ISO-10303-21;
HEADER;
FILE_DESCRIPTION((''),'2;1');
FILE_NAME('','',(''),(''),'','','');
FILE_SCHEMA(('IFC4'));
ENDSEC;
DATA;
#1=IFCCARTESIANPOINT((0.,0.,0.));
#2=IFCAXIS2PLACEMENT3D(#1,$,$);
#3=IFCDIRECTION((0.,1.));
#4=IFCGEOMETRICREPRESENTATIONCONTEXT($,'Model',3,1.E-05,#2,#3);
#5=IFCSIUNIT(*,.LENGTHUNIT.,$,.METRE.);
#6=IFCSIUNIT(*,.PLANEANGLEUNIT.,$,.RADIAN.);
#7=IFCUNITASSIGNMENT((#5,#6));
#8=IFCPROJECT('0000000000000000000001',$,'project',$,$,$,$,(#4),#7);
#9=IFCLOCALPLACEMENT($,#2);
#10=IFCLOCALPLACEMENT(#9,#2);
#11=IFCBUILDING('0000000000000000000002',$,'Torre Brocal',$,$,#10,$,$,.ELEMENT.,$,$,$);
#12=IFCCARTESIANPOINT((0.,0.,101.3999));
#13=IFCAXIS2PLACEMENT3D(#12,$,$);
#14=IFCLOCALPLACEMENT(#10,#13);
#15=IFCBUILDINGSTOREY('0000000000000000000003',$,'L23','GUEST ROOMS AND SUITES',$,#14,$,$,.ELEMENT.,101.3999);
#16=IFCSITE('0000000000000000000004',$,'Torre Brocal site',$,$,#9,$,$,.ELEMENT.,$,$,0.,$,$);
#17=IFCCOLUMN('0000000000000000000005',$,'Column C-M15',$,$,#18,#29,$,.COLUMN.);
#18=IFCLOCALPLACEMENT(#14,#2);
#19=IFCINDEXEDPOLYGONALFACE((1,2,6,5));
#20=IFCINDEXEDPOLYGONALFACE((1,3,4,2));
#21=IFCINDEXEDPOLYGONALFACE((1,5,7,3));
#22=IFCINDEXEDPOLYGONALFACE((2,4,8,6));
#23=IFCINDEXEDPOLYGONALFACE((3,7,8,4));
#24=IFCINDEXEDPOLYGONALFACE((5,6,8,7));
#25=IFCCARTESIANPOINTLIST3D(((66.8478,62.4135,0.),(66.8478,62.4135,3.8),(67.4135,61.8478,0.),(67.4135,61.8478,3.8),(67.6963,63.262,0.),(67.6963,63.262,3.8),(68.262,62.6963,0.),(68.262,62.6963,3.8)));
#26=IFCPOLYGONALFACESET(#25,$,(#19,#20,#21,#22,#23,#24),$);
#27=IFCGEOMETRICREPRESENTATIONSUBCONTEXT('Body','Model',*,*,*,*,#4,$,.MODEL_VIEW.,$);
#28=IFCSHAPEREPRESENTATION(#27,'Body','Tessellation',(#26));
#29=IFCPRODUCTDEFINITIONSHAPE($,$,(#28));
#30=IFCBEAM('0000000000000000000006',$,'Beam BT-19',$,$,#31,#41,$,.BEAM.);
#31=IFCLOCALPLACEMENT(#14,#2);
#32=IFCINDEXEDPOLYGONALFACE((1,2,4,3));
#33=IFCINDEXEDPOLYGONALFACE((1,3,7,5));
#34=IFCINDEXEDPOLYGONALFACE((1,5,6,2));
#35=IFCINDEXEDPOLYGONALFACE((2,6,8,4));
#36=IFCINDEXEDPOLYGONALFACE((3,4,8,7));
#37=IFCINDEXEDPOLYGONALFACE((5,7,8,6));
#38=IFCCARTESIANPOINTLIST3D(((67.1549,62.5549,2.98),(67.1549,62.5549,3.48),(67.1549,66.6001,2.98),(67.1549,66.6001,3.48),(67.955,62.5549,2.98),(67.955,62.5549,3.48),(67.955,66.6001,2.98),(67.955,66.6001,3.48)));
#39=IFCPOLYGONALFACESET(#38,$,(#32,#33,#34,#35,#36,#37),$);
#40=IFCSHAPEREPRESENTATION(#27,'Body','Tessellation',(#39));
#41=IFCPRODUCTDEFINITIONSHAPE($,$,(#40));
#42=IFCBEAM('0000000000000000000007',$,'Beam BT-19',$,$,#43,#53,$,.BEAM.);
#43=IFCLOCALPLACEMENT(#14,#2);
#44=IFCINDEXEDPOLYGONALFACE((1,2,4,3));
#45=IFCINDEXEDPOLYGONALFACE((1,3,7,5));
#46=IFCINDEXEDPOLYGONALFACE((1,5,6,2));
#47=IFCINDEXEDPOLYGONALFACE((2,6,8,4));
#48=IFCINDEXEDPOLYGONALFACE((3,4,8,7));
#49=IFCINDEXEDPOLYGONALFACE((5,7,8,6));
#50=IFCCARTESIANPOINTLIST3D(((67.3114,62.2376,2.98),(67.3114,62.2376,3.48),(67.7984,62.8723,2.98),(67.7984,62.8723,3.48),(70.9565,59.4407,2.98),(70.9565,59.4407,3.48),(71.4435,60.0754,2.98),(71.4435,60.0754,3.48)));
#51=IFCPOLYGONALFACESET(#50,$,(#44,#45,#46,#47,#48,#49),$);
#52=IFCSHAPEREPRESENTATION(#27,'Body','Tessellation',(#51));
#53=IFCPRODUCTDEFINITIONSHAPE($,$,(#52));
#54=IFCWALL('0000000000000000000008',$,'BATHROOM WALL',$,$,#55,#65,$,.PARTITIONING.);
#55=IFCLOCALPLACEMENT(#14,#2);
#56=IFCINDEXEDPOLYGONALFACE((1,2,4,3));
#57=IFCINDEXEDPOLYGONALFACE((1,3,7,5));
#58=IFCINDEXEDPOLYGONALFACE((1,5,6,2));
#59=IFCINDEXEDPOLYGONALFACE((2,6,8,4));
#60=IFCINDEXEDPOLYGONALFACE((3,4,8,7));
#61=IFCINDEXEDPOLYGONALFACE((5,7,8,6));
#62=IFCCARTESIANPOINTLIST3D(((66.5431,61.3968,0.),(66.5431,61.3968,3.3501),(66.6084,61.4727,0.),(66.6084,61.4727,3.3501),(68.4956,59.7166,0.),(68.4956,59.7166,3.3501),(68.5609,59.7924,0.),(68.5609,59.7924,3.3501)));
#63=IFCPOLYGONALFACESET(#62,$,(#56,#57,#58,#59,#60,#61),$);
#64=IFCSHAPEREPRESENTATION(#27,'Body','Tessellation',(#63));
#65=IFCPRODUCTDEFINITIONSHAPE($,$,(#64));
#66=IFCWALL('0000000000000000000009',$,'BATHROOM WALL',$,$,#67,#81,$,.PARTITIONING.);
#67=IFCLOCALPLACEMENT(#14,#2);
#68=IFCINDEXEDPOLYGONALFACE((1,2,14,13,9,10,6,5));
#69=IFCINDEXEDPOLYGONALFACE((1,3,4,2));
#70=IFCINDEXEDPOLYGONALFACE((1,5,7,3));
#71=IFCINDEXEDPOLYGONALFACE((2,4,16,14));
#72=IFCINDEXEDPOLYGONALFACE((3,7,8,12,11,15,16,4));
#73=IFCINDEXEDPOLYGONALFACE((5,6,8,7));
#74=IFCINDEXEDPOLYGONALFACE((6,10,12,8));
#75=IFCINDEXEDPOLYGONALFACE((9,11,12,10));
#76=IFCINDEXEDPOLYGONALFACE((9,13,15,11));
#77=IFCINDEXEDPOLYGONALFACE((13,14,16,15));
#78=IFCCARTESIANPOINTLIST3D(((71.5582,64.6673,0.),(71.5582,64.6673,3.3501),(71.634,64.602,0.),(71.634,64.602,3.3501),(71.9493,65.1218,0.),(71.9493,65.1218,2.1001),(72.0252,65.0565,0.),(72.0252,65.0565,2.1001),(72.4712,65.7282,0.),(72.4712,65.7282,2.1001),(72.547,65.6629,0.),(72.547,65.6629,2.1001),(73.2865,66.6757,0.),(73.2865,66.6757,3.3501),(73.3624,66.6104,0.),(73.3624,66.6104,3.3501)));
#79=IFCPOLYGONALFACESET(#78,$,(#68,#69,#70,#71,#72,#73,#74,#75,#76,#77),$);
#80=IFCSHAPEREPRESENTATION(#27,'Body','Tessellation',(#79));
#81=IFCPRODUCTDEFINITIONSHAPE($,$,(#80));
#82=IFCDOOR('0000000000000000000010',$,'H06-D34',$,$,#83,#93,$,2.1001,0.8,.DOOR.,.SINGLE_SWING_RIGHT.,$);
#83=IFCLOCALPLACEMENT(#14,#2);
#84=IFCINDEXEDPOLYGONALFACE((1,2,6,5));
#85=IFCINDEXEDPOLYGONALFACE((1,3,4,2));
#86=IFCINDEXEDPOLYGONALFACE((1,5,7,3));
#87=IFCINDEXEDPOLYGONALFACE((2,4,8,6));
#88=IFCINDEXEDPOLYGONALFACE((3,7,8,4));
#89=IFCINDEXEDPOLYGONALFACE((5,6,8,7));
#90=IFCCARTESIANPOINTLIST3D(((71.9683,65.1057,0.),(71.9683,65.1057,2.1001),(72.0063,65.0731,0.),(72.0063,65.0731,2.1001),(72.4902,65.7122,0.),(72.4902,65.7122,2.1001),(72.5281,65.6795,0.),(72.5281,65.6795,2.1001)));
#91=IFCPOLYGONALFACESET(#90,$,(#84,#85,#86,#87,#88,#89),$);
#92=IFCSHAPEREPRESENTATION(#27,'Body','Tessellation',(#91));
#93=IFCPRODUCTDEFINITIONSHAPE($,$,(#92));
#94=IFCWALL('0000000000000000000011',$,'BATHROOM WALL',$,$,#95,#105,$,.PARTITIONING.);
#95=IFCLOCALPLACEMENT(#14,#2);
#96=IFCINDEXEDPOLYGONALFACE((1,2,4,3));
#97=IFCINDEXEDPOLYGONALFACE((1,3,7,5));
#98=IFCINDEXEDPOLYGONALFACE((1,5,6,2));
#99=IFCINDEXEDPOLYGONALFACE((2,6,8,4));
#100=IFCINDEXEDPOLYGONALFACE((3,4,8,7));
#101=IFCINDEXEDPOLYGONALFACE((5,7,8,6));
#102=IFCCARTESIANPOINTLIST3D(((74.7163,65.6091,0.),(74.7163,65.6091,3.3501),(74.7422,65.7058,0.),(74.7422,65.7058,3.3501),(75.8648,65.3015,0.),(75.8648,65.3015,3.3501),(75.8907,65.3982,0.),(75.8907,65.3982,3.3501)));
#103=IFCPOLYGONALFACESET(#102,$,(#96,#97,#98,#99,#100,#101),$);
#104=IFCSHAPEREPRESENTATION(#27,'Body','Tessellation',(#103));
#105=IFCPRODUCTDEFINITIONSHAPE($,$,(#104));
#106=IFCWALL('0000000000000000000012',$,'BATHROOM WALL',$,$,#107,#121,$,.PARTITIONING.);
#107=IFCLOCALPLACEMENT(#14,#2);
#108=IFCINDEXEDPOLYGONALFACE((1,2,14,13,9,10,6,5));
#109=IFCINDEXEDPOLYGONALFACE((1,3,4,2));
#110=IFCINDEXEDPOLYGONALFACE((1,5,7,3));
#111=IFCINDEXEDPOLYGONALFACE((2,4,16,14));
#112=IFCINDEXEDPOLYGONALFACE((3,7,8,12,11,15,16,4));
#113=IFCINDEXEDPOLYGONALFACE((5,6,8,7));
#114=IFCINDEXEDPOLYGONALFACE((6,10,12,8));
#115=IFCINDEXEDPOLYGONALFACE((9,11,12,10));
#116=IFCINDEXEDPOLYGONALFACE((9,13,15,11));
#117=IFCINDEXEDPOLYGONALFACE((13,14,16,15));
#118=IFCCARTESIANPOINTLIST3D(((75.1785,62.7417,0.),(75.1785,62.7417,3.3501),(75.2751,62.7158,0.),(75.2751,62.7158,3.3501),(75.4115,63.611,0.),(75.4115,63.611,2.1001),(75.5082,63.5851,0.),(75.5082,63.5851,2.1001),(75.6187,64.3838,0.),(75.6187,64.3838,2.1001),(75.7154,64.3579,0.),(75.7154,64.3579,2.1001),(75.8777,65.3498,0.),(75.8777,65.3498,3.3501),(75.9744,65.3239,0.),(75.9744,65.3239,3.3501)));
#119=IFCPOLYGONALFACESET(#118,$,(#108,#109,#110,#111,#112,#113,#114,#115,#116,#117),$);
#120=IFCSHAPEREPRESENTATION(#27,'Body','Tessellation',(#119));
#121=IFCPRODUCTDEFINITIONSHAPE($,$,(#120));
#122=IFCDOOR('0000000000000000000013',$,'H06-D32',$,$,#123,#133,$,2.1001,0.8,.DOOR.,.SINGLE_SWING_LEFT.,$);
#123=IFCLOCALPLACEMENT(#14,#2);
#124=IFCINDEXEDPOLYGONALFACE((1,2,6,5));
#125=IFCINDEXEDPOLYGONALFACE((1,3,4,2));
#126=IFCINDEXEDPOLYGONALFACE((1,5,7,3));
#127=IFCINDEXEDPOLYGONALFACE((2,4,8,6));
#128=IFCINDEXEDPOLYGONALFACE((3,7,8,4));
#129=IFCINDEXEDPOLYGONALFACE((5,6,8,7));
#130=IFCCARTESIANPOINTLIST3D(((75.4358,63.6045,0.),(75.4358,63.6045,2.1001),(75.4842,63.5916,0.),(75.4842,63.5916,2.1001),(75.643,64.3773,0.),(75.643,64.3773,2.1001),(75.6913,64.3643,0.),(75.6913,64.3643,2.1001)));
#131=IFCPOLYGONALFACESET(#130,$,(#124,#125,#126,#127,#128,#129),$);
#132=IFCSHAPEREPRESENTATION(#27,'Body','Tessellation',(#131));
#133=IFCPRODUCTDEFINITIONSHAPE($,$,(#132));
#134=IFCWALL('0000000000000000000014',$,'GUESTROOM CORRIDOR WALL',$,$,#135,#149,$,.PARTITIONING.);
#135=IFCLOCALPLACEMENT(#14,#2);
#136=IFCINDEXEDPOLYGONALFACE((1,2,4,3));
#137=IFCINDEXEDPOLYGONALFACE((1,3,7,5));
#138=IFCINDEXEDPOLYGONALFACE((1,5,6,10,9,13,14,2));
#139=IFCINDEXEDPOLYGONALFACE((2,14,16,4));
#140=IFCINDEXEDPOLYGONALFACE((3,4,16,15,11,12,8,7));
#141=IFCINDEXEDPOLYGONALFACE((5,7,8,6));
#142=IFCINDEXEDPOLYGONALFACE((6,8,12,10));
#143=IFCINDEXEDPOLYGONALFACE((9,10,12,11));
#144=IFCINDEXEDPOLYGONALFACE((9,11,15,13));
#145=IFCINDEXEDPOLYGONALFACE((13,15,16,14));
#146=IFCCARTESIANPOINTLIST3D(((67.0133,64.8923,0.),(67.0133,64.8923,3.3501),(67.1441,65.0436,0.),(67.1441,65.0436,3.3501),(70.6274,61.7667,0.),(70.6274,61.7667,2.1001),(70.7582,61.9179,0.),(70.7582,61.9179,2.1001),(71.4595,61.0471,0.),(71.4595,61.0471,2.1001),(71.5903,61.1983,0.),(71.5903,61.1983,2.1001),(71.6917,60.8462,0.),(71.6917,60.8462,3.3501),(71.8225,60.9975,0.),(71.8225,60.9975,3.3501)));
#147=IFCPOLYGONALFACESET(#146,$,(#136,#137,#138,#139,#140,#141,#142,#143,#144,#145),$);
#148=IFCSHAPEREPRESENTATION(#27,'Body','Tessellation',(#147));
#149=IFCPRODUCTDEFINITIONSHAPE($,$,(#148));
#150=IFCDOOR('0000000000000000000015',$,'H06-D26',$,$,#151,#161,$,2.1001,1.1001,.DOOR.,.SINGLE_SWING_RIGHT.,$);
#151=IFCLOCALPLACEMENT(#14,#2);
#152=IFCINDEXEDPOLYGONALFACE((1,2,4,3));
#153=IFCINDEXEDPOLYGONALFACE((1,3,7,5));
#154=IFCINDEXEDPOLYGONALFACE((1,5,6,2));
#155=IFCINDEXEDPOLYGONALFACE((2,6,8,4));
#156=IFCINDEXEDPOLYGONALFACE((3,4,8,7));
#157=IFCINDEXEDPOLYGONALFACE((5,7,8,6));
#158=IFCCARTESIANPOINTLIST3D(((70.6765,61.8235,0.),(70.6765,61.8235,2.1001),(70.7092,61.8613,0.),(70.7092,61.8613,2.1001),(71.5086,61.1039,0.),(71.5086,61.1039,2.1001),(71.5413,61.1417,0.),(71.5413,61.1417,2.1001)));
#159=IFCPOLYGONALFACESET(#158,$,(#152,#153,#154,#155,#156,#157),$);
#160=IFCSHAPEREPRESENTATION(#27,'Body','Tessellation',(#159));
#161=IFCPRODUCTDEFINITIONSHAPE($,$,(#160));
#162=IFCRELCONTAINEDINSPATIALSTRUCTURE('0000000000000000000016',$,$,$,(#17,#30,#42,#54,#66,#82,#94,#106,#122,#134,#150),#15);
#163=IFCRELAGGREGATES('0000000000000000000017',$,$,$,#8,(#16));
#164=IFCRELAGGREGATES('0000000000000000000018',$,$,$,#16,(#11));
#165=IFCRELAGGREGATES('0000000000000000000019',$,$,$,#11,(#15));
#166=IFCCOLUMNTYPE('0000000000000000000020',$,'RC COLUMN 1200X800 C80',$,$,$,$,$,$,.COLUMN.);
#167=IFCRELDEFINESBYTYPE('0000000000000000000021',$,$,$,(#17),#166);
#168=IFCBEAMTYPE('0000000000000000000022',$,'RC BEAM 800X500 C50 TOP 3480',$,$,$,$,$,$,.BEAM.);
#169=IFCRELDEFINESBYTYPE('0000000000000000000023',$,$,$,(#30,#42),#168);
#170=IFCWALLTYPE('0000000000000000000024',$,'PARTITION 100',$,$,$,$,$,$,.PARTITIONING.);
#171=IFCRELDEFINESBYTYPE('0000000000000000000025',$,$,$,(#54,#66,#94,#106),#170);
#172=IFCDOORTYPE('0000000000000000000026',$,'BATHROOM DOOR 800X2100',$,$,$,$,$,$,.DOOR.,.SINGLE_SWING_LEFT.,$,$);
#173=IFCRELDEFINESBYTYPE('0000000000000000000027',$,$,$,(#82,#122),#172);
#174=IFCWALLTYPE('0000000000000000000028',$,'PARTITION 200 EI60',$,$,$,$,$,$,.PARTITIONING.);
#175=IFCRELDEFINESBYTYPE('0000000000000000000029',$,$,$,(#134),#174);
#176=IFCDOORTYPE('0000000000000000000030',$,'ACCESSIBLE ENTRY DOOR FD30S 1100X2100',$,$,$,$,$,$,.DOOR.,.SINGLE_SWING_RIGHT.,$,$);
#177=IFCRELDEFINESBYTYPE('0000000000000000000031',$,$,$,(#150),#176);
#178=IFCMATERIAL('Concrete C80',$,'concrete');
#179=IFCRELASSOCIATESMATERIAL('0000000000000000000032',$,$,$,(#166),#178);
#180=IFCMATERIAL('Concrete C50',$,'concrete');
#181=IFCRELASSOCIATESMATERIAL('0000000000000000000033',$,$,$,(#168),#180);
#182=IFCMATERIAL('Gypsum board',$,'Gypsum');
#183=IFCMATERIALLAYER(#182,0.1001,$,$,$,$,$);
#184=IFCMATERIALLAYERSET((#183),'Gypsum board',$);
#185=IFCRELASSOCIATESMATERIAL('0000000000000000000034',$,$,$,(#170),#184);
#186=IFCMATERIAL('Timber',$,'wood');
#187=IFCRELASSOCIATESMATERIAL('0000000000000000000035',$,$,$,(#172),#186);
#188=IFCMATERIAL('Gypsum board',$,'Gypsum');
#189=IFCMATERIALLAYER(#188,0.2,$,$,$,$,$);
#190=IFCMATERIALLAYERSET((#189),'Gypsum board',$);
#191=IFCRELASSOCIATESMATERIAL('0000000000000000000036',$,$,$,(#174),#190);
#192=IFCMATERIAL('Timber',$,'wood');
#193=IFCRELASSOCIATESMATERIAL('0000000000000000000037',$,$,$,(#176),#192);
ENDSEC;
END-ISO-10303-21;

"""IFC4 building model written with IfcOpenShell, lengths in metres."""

from ifc_helpers import new_model, si_unit, direction, frame, frame_2d, origin, origin_2d, place, context, subcontext, project, spatial, rectangle, extrude, material, layer, layer_set, material_profile, profile_set, type_object, element, fill, save


model = new_model("IFC4")

# Units and contexts
model_context = context("Model", 3, precision=1e-05, world=origin(), true_north=direction((0.0, 1.0)))
body_context = subcontext(model_context, "Body", "Model", "MODEL_VIEW")
ifc_project = project(units=[si_unit("LENGTHUNIT", "METRE"), si_unit("PLANEANGLEUNIT", "RADIAN")], contexts=[model_context])

# Site, building, storey
site_placement = place(None, origin())
site = spatial("IfcSite", under=ifc_project, at=site_placement, Name="Torre Brocal site", CompositionType="ELEMENT", RefElevation=0.0)
building_placement = place(site_placement, origin())
building = spatial("IfcBuilding", under=site, at=building_placement, Name="Torre Brocal", CompositionType="ELEMENT")
storey_placement = place(building_placement, frame((0.0, 0.0, 101.3999)))
storey = spatial("IfcBuildingStorey", under=building, at=storey_placement, Name="L23", Description="GUEST ROOMS AND SUITES", CompositionType="ELEMENT", Elevation=101.3999)

# Column
ifc_material_1 = material(Name="Concrete C80", Category="concrete")
ifc_material_profile_1 = material_profile(ifc_material_1, rectangle(XDim=1.2, YDim=0.8, at=origin_2d()), Name="RC 1200X800")
ifc_profile_set_1 = profile_set([ifc_material_profile_1], Name="Concrete C80")
column_type = type_object("IfcColumnType", Name="RC COLUMN 1200X800 C80", PredefinedType="COLUMN", material=ifc_profile_set_1)
column_placement = place(storey_placement, frame((67.5549, 62.5549, 0.0), z_axis=(0.0, 0.0, 1.0), x_axis=(-0.707107, -0.707107, 0.0)))
element("IfcColumn", 1, at=column_placement, inside=storey, type_object=column_type, Name="Column C-M15", PredefinedType="COLUMN", context=body_context, shape_type="SweptSolid", body=[
    extrude(rectangle(XDim=1.2, YDim=0.8, at=origin_2d()), origin(), (0.0, 0.0, 1.0), 3.8),
])

# Beams
ifc_material_2 = material(Name="Concrete C50", Category="concrete")
ifc_material_profile_2 = material_profile(ifc_material_2, rectangle(XDim=0.8, YDim=0.5, at=origin_2d()), Name="RC 800X500")
ifc_profile_set_2 = profile_set([ifc_material_profile_2], Name="Concrete C50")
beam_type = type_object("IfcBeamType", Name="RC BEAM 800X500 C50 TOP 3480", PredefinedType="BEAM", material=ifc_profile_set_2)
beam_1_placement = place(storey_placement, frame((67.5549, 62.5549, 3.23), z_axis=(0.0, 1.0, 0.0), x_axis=(-1.0, 0.0, 0.0)))
element("IfcBeam", 2, at=beam_1_placement, inside=storey, type_object=beam_type, Name="Beam BT-19", PredefinedType="BEAM", context=body_context, shape_type="SweptSolid", body=[
    extrude(rectangle(XDim=0.8, YDim=0.5, at=origin_2d()), origin(), (0.0, 0.0, 1.0), 4.0452),
])
beam_2_placement = place(storey_placement, frame((67.5549, 62.5549, 3.23), z_axis=(0.793358, -0.608755, 0.0), x_axis=(0.608755, 0.793358, 0.0)))
element("IfcBeam", 3, at=beam_2_placement, inside=storey, type_object=beam_type, Name="Beam BT-19", PredefinedType="BEAM", context=body_context, shape_type="SweptSolid", body=[
    extrude(rectangle(XDim=0.8, YDim=0.5, at=origin_2d()), origin(), (0.0, 0.0, 1.0), 4.5945),
])

# Wall
ifc_material_3 = material(Name="Gypsum board", Category="Gypsum")
ifc_layer_1 = layer(ifc_material_3, 0.1001)
ifc_layer_set_1 = layer_set([ifc_layer_1], Name="Gypsum board")
wall_type_1 = type_object("IfcWallType", Name="PARTITION 100", PredefinedType="PARTITIONING", material=ifc_layer_set_1)
wall_1_placement = place(storey_placement, frame((66.5757, 61.4348, 0.0), z_axis=(0.0, 0.0, 1.0), x_axis=(0.757971, -0.652289, 0.0)))
element("IfcWall", 4, at=wall_1_placement, inside=storey, type_object=wall_type_1, Name="BATHROOM WALL", PredefinedType="PARTITIONING", context=body_context, shape_type="SweptSolid", body=[
    extrude(rectangle(XDim=2.5759, YDim=0.1001, at=frame_2d((1.2881, 0.0))), origin(), (0.0, 0.0, 1.0), 3.3501),
])

# Wall, opening, door
wall_2_placement = place(storey_placement, frame((71.5962, 64.6348, 0.0), z_axis=(0.0, 0.0, 1.0), x_axis=(0.652285, 0.757974, 0.0)))
wall_2 = element("IfcWall", 5, at=wall_2_placement, inside=storey, type_object=wall_type_1, Name="BATHROOM WALL", PredefinedType="PARTITIONING", context=body_context, shape_type="SweptSolid", body=[
    extrude(rectangle(XDim=2.6497, YDim=0.1001, at=frame_2d((1.3247, 0.0))), origin(), (0.0, 0.0, 1.0), 3.3501),
])
opening_1_placement = place(wall_2_placement, frame((0.5996, 0.0, 0.0)))
opening_1 = element("IfcOpeningElement", 6, at=opening_1_placement, cuts=wall_2, PredefinedType="OPENING", context=body_context, shape_type="SweptSolid", body=[
    extrude(rectangle(XDim=0.8, YDim=2.1001, at=frame_2d((0.3999, 1.05))), frame((0.0, 0.0601, 0.0), z_axis=(0.0, -1.0, 0.0), x_axis=(1.0, 0.0, 0.0)), (0.0, 0.0, 1.0), 0.1201),
])
ifc_material_4 = material(Name="Timber", Category="wood")
door_type_1 = type_object("IfcDoorType", Name="BATHROOM DOOR 800X2100", OperationType="SINGLE_SWING_LEFT", PredefinedType="DOOR", material=ifc_material_4)
door_1_placement = place(opening_1_placement, frame((0.8, 0.0, 0.0), z_axis=(0.0, 0.0, 1.0), x_axis=(-1.0, 0.0, 0.0)))
door_1 = element("IfcDoor", 7, at=door_1_placement, inside=storey, type_object=door_type_1, Name="H06-D34", OperationType="SINGLE_SWING_RIGHT", OverallHeight=2.1001, OverallWidth=0.8, PredefinedType="DOOR", context=body_context, shape_type="SweptSolid", body=[
    extrude(rectangle(XDim=0.8, YDim=2.1001, at=frame_2d((0.3999, 1.05))), frame((0.0, 0.0249, 0.0), z_axis=(0.0, -1.0, 0.0), x_axis=(1.0, 0.0, 0.0)), (0.0, 0.0, 1.0), 0.05),
])
fill(opening_1, door_1)

# Wall
wall_3_placement = place(storey_placement, frame((74.7292, 65.6575, 0.0), z_axis=(0.0, 0.0, 1.0), x_axis=(0.965948, -0.258736, 0.0)))
element("IfcWall", 8, at=wall_3_placement, inside=storey, type_object=wall_type_1, Name="BATHROOM WALL", PredefinedType="PARTITIONING", context=body_context, shape_type="SweptSolid", body=[
    extrude(rectangle(XDim=1.189, YDim=0.1001, at=frame_2d((0.5945, 0.0))), origin(), (0.0, 0.0, 1.0), 3.3501),
])

# Walls, openings, doors
wall_4_placement = place(storey_placement, frame((75.2268, 62.7288, 0.0), z_axis=(0.0, 0.0, 1.0), x_axis=(0.258945, 0.965892, 0.0)))
wall_4 = element("IfcWall", 9, at=wall_4_placement, inside=storey, type_object=wall_type_1, Name="BATHROOM WALL", PredefinedType="PARTITIONING", context=body_context, shape_type="SweptSolid", body=[
    extrude(rectangle(XDim=2.7002, YDim=0.1001, at=frame_2d((1.3501, 0.0))), origin(), (0.0, 0.0, 1.0), 3.3501),
])
opening_2_placement = place(wall_4_placement, frame((0.9001, 0.0, 0.0)))
opening_2 = element("IfcOpeningElement", 10, at=opening_2_placement, cuts=wall_4, PredefinedType="OPENING", context=body_context, shape_type="SweptSolid", body=[
    extrude(rectangle(XDim=0.8, YDim=2.1001, at=frame_2d((0.3999, 1.05))), frame((0.0, 0.0601, 0.0), z_axis=(0.0, -1.0, 0.0), x_axis=(1.0, 0.0, 0.0)), (0.0, 0.0, 1.0), 0.1201),
])
door_2_placement = place(opening_2_placement, origin())
door_2 = element("IfcDoor", 11, at=door_2_placement, inside=storey, type_object=door_type_1, Name="H06-D32", OperationType="SINGLE_SWING_LEFT", OverallHeight=2.1001, OverallWidth=0.8, PredefinedType="DOOR", context=body_context, shape_type="SweptSolid", body=[
    extrude(rectangle(XDim=0.8, YDim=2.1001, at=frame_2d((0.3999, 1.05))), frame((0.0, 0.0249, 0.0), z_axis=(0.0, -1.0, 0.0), x_axis=(1.0, 0.0, 0.0)), (0.0, 0.0, 1.0), 0.05),
])
fill(opening_2, door_2)
ifc_material_5 = material(Name="Gypsum board", Category="Gypsum")
ifc_layer_2 = layer(ifc_material_5, 0.2)
ifc_layer_set_2 = layer_set([ifc_layer_2], Name="Gypsum board")
wall_type_2 = type_object("IfcWallType", Name="PARTITION 200 EI60", PredefinedType="PARTITIONING", material=ifc_layer_set_2)
wall_5_placement = place(storey_placement, frame((67.0786, 64.968, 0.0), z_axis=(0.0, 0.0, 1.0), x_axis=(0.756371, -0.654143, 0.0)))
wall_5 = element("IfcWall", 12, at=wall_5_placement, inside=storey, type_object=wall_type_2, Name="GUESTROOM CORRIDOR WALL", PredefinedType="PARTITIONING", context=body_context, shape_type="SweptSolid", body=[
    extrude(rectangle(XDim=6.1853, YDim=0.2, at=frame_2d((3.0928, 0.0))), origin(), (0.0, 0.0, 1.0), 3.3501),
])
opening_3_placement = place(wall_5_placement, frame((4.7783, 0.0, 0.0)))
opening_3 = element("IfcOpeningElement", 13, at=opening_3_placement, cuts=wall_5, PredefinedType="OPENING", context=body_context, shape_type="SweptSolid", body=[
    extrude(rectangle(XDim=1.1001, YDim=2.1001, at=frame_2d((0.55, 1.05))), frame((0.0, 0.1099, 0.0), z_axis=(0.0, -1.0, 0.0), x_axis=(1.0, 0.0, 0.0)), (0.0, 0.0, 1.0), 0.22),
])
ifc_material_6 = material(Name="Timber", Category="wood")
door_type_2 = type_object("IfcDoorType", Name="ACCESSIBLE ENTRY DOOR FD30S 1100X2100", OperationType="SINGLE_SWING_RIGHT", PredefinedType="DOOR", material=ifc_material_6)
door_3_placement = place(opening_3_placement, frame((1.1001, 0.0, 0.0), z_axis=(0.0, 0.0, 1.0), x_axis=(-1.0, 0.0, 0.0)))
door_3 = element("IfcDoor", 14, at=door_3_placement, inside=storey, type_object=door_type_2, Name="H06-D26", OperationType="SINGLE_SWING_RIGHT", OverallHeight=2.1001, OverallWidth=1.1001, PredefinedType="DOOR", context=body_context, shape_type="SweptSolid", body=[
    extrude(rectangle(XDim=1.1001, YDim=2.1001, at=frame_2d((0.55, 1.05))), frame((0.0, 0.0249, 0.0), z_axis=(0.0, -1.0, 0.0), x_axis=(1.0, 0.0, 0.0)), (0.0, 0.0, 1.0), 0.05),
])
fill(opening_3, door_3)

save(model, "model.ifc")
